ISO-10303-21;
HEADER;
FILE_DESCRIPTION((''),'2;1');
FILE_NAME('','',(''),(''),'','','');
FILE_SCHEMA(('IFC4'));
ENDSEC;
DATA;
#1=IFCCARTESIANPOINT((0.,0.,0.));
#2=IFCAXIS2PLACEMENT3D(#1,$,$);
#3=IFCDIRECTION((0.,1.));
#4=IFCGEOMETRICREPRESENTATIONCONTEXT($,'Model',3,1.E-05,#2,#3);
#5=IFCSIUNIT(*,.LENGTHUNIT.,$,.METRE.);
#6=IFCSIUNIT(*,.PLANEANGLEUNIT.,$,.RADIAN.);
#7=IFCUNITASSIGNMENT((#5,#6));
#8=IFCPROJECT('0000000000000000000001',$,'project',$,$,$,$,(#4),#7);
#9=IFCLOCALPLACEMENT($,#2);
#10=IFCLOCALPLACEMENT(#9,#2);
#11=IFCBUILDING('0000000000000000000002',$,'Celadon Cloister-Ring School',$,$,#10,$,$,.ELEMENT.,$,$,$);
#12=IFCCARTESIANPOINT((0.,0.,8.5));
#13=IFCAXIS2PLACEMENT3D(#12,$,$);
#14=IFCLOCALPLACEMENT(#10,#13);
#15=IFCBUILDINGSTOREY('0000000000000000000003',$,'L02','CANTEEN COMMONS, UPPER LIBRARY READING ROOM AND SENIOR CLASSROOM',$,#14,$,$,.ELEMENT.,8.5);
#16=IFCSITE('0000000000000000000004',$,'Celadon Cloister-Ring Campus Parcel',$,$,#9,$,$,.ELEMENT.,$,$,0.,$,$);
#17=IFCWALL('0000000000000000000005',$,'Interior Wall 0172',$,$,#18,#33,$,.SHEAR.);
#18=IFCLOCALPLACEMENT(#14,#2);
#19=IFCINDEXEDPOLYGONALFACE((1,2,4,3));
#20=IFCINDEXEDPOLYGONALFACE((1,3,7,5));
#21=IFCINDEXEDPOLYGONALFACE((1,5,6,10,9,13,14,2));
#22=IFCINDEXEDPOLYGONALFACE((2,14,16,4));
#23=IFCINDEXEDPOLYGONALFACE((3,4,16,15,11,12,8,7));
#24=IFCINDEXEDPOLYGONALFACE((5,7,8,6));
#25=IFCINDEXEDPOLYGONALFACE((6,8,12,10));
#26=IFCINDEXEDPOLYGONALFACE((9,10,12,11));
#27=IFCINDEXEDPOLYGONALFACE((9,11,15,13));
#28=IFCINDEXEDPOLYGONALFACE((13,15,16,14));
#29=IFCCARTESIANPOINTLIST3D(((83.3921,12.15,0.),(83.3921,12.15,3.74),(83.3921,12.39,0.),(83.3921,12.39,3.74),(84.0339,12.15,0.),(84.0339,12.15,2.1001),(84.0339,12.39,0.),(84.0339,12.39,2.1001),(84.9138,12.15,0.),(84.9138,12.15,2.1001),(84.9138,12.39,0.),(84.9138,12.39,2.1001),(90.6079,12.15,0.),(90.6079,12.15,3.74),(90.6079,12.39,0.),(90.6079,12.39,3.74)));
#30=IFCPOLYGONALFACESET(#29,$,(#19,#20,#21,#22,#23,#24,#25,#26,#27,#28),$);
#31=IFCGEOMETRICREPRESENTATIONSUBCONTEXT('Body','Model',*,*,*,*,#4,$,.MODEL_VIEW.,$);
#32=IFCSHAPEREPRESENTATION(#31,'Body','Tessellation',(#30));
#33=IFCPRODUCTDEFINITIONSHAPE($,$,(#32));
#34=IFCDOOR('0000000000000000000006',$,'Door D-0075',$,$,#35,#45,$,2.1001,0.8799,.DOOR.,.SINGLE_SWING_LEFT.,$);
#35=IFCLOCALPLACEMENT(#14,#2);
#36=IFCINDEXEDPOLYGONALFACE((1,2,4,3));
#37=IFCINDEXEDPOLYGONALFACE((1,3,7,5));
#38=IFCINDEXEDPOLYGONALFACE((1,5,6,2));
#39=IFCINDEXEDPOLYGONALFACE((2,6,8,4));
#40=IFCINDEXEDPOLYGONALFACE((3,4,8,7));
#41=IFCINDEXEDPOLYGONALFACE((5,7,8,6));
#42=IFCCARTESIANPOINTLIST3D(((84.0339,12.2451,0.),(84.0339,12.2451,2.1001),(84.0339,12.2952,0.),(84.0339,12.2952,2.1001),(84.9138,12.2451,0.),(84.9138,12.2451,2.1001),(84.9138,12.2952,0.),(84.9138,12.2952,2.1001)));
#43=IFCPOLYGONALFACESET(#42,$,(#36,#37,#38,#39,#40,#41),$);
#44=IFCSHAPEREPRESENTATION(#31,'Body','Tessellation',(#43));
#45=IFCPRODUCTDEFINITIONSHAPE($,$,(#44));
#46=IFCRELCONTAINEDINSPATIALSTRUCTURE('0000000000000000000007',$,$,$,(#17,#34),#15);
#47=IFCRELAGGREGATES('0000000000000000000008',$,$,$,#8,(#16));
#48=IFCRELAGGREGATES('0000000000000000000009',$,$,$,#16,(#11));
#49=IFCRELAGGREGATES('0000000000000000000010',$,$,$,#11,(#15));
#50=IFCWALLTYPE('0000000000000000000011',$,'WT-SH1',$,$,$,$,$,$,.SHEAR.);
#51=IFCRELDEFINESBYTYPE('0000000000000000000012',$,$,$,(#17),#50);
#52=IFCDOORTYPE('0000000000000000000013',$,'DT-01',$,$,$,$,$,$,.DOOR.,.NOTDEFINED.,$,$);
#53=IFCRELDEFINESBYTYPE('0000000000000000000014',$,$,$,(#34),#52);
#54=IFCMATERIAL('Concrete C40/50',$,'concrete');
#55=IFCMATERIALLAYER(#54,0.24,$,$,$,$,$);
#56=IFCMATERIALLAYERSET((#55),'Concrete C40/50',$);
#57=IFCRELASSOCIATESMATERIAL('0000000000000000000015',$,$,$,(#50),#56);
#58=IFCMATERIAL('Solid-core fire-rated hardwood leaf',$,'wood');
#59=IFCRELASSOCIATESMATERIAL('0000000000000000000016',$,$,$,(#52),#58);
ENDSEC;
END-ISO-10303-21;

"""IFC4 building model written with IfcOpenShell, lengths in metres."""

from ifc_helpers import new_model, si_unit, direction, frame, frame_2d, origin, place, context, subcontext, project, spatial, rectangle, extrude, material, layer, layer_set, type_object, element, fill, save


model = new_model("IFC4")

# Units and contexts
model_context = context("Model", 3, precision=1e-05, world=origin(), true_north=direction((0.0, 1.0)))
body_context = subcontext(model_context, "Body", "Model", "MODEL_VIEW")
ifc_project = project(units=[si_unit("LENGTHUNIT", "METRE"), si_unit("PLANEANGLEUNIT", "RADIAN")], contexts=[model_context])

# Site, building, storey
site_placement = place(None, origin())
site = spatial("IfcSite", under=ifc_project, at=site_placement, Name="Celadon Cloister-Ring Campus Parcel", CompositionType="ELEMENT", RefElevation=0.0)
building_placement = place(site_placement, origin())
building = spatial("IfcBuilding", under=site, at=building_placement, Name="Celadon Cloister-Ring School", CompositionType="ELEMENT")
storey_placement = place(building_placement, frame((0.0, 0.0, 8.5)))
storey = spatial("IfcBuildingStorey", under=building, at=storey_placement, Name="L02", Description="CANTEEN COMMONS, UPPER LIBRARY READING ROOM AND SENIOR CLASSROOM", CompositionType="ELEMENT", Elevation=8.5)

# Shared definitions
ifc_material_1 = material(Name="Concrete C40/50", Category="concrete")
ifc_layer_1 = layer(ifc_material_1, 0.24)
ifc_layer_set_1 = layer_set([ifc_layer_1], Name="Concrete C40/50")
wall_type_1 = type_object("IfcWallType", Name="WT-SH1", PredefinedType="SHEAR", material=ifc_layer_set_1)

# Wall, opening, door
wall_1_placement = place(storey_placement, frame((90.6079, 12.27, 0.0), z_axis=(0.0, 0.0, 1.0), x_axis=(-1.0, 0.0, 0.0)))
wall_1 = element("IfcWall", 1, at=wall_1_placement, inside=storey, type_object=wall_type_1, Name="Interior Wall 0172", PredefinedType="SHEAR", context=body_context, shape_type="SweptSolid", body=[
    extrude(rectangle(XDim=7.2158, YDim=0.24, at=frame_2d((3.6079, 0.0))), origin(), (0.0, 0.0, 1.0), 3.74),
])
opening_1_placement = place(wall_1_placement, frame((5.6941, 0.0, 0.0)))
opening_1 = element("IfcOpeningElement", 2, at=opening_1_placement, cuts=wall_1, PredefinedType="OPENING", context=body_context, shape_type="SweptSolid", body=[
    extrude(rectangle(XDim=0.8799, YDim=2.1001, at=frame_2d((0.4399, 1.05))), frame((0.0, 0.1299, 0.0), z_axis=(0.0, -1.0, 0.0), x_axis=(1.0, 0.0, 0.0)), (0.0, 0.0, 1.0), 0.26),
])
ifc_material_2 = material(Name="Solid-core fire-rated hardwood leaf", Category="wood")
door_type_1 = type_object("IfcDoorType", Name="DT-01", OperationType="NOTDEFINED", PredefinedType="DOOR", material=ifc_material_2)
door_1_placement = place(opening_1_placement, origin())
door_1 = element("IfcDoor", 3, at=door_1_placement, inside=storey, type_object=door_type_1, Name="Door D-0075", OperationType="SINGLE_SWING_LEFT", OverallHeight=2.1001, OverallWidth=0.8799, PredefinedType="DOOR", context=body_context, shape_type="SweptSolid", body=[
    extrude(rectangle(XDim=0.8799, YDim=2.1001, at=frame_2d((0.4399, 1.05))), frame((0.0, 0.0249, 0.0), z_axis=(0.0, -1.0, 0.0), x_axis=(1.0, 0.0, 0.0)), (0.0, 0.0, 1.0), 0.05),
])
fill(opening_1, door_1)

save(model, "model.ifc")
